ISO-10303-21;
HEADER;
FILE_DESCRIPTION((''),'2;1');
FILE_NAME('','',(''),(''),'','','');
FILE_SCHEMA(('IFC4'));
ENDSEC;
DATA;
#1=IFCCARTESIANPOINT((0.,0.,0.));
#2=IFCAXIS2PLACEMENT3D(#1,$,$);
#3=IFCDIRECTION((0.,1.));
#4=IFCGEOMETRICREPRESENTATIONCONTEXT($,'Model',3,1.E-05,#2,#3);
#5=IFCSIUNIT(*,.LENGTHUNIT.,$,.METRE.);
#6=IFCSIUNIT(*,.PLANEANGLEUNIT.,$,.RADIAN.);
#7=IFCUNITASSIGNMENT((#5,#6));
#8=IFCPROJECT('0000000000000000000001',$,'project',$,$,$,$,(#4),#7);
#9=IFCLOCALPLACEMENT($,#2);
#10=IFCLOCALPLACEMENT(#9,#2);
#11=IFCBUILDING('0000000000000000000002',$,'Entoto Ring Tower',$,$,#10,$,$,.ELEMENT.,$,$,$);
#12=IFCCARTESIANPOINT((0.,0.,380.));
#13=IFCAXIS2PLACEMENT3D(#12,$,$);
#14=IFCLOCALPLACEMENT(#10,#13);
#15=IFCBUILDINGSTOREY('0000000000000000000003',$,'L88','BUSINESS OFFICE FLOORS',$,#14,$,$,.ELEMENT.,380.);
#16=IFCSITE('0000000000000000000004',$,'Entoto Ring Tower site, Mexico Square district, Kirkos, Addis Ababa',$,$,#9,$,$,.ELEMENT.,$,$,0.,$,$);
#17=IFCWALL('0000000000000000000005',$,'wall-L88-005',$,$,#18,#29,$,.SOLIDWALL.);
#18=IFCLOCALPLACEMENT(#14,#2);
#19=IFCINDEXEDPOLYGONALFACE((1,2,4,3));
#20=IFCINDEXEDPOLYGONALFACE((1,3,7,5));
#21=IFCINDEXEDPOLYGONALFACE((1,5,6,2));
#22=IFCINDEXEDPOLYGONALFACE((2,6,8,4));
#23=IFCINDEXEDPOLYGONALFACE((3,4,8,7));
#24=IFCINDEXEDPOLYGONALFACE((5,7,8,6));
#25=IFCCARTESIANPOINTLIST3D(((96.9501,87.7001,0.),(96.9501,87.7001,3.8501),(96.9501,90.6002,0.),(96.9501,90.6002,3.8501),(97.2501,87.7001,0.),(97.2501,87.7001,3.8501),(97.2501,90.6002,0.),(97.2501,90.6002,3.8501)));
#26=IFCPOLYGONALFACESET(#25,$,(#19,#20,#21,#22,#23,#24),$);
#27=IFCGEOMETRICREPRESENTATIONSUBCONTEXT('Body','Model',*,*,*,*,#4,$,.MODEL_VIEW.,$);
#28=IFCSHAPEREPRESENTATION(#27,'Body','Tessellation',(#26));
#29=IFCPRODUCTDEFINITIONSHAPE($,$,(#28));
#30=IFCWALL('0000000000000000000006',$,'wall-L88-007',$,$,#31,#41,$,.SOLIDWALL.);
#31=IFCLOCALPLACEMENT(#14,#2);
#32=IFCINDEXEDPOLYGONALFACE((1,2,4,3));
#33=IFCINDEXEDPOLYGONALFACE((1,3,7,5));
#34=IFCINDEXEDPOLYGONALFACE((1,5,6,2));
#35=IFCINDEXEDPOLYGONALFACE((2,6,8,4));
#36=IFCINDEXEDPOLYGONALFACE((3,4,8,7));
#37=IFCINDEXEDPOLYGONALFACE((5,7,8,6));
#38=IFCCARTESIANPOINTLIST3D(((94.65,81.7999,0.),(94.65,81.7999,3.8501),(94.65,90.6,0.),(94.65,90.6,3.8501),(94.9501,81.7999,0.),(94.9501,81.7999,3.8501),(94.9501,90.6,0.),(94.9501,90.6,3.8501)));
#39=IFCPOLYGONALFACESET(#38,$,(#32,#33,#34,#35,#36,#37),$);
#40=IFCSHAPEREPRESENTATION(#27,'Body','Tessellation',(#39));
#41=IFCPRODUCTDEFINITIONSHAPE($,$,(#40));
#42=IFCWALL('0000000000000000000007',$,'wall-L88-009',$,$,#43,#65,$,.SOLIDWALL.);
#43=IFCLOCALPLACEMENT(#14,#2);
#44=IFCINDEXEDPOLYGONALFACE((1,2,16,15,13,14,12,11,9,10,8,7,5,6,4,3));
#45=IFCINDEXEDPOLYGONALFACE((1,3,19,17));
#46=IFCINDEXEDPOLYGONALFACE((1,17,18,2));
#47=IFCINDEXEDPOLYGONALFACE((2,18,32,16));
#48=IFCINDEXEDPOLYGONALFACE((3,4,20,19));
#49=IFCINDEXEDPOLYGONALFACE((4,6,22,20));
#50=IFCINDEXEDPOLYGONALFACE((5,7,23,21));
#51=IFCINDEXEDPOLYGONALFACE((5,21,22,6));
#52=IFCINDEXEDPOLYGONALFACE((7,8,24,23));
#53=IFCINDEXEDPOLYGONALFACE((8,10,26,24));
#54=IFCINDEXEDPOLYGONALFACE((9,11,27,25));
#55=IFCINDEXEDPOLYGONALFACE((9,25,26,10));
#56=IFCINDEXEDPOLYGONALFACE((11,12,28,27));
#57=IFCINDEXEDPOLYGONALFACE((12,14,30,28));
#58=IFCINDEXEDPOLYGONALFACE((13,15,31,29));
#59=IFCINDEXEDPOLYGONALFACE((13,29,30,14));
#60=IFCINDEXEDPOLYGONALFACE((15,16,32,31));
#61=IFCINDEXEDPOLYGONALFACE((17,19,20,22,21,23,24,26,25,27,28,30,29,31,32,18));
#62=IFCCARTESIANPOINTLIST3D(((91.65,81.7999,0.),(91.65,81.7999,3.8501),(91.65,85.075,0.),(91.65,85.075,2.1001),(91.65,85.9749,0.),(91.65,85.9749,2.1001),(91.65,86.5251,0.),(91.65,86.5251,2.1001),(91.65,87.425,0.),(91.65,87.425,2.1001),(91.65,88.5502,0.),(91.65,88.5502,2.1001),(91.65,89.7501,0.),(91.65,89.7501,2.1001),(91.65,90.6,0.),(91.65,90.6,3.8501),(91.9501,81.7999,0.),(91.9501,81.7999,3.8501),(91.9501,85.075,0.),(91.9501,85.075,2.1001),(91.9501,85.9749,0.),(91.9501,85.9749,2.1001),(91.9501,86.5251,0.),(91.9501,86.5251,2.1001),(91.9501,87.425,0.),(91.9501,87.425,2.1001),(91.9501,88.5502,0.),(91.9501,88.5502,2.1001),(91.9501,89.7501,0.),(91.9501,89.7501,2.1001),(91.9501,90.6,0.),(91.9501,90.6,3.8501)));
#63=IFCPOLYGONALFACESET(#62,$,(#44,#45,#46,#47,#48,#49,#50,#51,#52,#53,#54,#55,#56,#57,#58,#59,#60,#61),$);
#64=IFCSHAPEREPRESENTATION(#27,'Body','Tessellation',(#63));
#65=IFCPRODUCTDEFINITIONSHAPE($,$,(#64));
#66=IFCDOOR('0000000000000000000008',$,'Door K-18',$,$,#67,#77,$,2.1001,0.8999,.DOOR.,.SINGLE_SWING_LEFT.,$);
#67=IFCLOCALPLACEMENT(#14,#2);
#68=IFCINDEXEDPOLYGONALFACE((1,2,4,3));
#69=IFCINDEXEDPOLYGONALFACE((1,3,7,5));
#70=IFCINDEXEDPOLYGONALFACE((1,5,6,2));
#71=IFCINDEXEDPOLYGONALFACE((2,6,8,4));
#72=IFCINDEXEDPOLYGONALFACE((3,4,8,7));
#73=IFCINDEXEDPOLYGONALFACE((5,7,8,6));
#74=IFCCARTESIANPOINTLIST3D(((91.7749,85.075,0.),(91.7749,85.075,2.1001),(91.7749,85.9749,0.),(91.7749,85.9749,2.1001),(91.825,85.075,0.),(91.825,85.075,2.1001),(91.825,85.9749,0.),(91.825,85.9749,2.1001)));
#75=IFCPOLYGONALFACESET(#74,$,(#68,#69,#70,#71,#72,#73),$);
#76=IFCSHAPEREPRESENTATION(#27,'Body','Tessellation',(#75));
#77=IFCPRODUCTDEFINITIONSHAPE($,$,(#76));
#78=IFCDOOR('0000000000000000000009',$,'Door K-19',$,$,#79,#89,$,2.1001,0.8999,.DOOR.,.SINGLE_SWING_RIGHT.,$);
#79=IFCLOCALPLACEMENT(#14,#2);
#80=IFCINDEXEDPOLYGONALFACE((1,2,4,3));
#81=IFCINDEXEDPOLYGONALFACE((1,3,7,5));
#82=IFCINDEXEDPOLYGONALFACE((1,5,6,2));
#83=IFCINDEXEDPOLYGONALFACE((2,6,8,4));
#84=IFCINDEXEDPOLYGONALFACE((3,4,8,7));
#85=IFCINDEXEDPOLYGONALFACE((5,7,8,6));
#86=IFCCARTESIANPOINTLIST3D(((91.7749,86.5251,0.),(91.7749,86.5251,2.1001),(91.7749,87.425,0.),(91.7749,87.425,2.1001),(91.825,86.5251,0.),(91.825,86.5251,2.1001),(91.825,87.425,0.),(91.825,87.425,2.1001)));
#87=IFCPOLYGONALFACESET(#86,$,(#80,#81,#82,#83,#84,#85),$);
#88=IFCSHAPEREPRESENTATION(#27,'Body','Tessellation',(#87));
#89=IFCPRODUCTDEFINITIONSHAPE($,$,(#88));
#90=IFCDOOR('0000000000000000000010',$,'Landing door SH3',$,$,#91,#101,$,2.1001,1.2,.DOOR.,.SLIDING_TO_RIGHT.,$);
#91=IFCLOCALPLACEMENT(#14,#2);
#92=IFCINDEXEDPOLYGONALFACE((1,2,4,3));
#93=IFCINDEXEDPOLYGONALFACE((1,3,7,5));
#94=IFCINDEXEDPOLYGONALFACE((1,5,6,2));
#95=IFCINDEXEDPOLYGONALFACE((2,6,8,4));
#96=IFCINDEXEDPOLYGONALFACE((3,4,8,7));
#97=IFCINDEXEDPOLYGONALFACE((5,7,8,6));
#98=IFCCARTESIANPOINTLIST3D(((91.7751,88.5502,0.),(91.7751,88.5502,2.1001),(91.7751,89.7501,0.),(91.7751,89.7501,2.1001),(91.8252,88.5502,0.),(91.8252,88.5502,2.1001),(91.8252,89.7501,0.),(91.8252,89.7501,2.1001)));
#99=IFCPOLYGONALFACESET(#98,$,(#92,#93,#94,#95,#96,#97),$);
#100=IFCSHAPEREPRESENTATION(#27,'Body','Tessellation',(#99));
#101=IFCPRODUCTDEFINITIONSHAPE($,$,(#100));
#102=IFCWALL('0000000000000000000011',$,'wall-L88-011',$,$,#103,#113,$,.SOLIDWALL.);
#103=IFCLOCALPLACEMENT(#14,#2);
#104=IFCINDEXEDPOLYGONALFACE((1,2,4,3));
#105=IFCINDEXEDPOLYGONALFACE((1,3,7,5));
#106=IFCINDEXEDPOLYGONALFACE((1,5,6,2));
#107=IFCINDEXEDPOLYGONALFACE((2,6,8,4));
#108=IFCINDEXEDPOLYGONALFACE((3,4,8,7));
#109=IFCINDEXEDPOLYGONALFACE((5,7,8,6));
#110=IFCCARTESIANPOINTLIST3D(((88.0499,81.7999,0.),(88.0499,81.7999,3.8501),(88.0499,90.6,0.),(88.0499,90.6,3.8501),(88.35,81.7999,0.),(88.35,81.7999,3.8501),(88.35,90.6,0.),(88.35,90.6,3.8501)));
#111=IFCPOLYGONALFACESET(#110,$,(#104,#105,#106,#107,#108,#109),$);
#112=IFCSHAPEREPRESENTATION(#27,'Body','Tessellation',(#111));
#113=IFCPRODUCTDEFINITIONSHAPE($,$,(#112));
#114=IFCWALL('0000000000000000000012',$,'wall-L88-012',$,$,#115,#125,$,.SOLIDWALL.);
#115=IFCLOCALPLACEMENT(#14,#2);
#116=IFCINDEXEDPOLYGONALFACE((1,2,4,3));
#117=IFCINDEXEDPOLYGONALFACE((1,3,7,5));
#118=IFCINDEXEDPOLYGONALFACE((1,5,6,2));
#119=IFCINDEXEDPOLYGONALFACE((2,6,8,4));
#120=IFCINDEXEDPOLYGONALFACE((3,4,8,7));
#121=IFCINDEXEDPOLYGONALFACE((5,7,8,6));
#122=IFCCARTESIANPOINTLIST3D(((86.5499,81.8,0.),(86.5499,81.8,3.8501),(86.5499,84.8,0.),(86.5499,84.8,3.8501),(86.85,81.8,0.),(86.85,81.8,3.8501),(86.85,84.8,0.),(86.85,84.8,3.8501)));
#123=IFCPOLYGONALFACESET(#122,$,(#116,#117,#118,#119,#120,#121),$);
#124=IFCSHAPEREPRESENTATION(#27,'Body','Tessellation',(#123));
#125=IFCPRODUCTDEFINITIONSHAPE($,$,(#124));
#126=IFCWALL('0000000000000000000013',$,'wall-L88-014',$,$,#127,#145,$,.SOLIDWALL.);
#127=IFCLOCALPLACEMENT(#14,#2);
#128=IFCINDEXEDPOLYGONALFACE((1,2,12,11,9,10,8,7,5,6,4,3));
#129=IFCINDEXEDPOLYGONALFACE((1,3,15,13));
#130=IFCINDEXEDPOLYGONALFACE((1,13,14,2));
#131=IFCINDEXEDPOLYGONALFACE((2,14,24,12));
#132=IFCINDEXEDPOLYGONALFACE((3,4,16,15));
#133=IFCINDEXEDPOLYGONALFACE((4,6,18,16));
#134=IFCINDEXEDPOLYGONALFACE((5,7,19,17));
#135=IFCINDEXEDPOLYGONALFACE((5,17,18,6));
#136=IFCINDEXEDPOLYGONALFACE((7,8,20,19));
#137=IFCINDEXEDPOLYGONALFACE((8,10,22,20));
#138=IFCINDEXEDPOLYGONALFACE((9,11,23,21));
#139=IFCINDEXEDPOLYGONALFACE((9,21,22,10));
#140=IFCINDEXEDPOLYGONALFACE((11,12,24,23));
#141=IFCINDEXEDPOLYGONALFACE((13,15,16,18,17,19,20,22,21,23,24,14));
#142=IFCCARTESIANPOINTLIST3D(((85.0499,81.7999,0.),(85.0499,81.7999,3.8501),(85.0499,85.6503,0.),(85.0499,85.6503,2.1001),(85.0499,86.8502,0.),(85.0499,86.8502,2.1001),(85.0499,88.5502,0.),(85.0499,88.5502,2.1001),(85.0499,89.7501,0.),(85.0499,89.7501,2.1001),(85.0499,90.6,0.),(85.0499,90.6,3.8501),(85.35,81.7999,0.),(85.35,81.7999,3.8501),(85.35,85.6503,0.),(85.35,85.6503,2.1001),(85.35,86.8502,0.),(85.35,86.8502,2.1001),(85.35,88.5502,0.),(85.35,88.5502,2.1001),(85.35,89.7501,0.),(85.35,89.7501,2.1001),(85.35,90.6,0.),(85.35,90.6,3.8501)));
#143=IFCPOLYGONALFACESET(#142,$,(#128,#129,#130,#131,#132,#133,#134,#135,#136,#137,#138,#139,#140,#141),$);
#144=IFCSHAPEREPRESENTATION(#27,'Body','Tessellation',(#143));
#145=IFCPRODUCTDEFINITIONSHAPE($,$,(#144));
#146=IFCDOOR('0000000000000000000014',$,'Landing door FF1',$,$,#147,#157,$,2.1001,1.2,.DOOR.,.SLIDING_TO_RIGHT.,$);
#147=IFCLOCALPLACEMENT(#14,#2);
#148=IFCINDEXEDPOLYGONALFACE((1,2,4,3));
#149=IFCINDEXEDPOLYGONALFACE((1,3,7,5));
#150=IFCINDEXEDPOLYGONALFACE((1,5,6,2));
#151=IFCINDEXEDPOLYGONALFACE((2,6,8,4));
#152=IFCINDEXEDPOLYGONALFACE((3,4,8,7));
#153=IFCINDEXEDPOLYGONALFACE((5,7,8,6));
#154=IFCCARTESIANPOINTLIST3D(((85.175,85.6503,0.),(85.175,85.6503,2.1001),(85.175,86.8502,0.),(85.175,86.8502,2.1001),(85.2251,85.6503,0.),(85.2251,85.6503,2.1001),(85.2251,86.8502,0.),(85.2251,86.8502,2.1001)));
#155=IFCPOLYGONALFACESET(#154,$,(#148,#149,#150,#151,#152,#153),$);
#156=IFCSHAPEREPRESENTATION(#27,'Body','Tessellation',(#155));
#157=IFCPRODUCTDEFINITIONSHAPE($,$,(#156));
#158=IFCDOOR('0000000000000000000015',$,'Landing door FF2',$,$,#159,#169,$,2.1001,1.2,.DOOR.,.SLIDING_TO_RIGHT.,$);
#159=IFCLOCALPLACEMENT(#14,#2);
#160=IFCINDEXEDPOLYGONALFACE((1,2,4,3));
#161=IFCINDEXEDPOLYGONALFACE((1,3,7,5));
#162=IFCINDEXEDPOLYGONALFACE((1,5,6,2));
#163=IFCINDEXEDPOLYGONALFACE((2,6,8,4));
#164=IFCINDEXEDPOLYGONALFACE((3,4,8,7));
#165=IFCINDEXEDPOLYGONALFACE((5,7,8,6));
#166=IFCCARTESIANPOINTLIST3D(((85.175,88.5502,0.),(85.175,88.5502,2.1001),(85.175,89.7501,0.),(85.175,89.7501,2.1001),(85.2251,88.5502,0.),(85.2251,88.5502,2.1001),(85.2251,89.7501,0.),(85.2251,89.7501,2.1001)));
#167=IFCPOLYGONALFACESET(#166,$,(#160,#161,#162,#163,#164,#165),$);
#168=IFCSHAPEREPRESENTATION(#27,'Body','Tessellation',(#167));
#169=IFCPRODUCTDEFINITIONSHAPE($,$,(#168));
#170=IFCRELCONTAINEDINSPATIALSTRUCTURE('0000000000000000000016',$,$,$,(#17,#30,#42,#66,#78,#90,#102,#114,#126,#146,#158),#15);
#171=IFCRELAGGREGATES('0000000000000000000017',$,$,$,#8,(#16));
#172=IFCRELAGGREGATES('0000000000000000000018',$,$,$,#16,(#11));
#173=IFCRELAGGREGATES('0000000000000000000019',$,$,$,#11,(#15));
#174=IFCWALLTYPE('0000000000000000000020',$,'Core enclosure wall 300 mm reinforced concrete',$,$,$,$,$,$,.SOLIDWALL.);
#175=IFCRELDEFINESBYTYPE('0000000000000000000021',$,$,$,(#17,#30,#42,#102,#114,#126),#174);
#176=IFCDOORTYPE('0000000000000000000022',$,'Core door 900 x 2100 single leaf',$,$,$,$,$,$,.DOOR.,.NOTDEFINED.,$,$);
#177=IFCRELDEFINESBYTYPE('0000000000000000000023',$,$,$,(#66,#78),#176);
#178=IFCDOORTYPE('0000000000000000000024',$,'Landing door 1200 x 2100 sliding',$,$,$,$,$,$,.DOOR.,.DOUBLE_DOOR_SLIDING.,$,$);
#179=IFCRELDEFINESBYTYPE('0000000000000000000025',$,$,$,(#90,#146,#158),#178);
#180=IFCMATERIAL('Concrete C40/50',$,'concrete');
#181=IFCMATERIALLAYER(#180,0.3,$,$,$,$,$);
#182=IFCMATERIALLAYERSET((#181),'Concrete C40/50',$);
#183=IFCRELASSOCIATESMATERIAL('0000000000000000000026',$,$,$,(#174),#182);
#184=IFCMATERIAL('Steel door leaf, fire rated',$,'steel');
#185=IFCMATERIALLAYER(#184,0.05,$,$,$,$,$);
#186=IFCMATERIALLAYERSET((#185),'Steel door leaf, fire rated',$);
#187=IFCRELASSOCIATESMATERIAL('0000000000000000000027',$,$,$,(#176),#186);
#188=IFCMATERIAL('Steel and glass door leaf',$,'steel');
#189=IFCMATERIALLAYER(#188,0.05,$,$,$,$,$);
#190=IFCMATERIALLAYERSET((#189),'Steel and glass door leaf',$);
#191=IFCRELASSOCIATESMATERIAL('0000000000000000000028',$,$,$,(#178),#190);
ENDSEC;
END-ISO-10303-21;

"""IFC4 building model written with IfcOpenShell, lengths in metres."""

from ifc_helpers import new_model, si_unit, direction, frame, frame_2d, origin, place, context, subcontext, project, spatial, rectangle, extrude, material, layer, layer_set, type_object, element, fill, save


model = new_model("IFC4")

# Units and contexts
model_context = context("Model", 3, precision=1e-05, world=origin(), true_north=direction((0.0, 1.0)))
body_context = subcontext(model_context, "Body", "Model", "MODEL_VIEW")
ifc_project = project(units=[si_unit("LENGTHUNIT", "METRE"), si_unit("PLANEANGLEUNIT", "RADIAN")], contexts=[model_context])

# Site, building, storey
site_placement = place(None, origin())
site = spatial("IfcSite", under=ifc_project, at=site_placement, Name="Entoto Ring Tower site, Mexico Square district, Kirkos, Addis Ababa", CompositionType="ELEMENT", RefElevation=0.0)
building_placement = place(site_placement, origin())
building = spatial("IfcBuilding", under=site, at=building_placement, Name="Entoto Ring Tower", CompositionType="ELEMENT")
storey_placement = place(building_placement, frame((0.0, 0.0, 380.0)))
storey = spatial("IfcBuildingStorey", under=building, at=storey_placement, Name="L88", Description="BUSINESS OFFICE FLOORS", CompositionType="ELEMENT", Elevation=380.0)

# Walls
ifc_material_1 = material(Name="Concrete C40/50", Category="concrete")
ifc_layer_1 = layer(ifc_material_1, 0.3)
ifc_layer_set_1 = layer_set([ifc_layer_1], Name="Concrete C40/50")
wall_type = type_object("IfcWallType", Name="Core enclosure wall 300 mm reinforced concrete", PredefinedType="SOLIDWALL", material=ifc_layer_set_1)
wall_1_placement = place(storey_placement, frame((97.1001, 87.7, 0.0), z_axis=(0.0, 0.0, 1.0), x_axis=(0.0, 1.0, 0.0)))
element("IfcWall", 1, at=wall_1_placement, inside=storey, type_object=wall_type, Name="wall-L88-005", PredefinedType="SOLIDWALL", context=body_context, shape_type="SweptSolid", body=[
    extrude(rectangle(XDim=2.9001, YDim=0.3, at=frame_2d((1.4502, 0.0))), origin(), (0.0, 0.0, 1.0), 3.8501),
])
wall_2_placement = place(storey_placement, frame((94.8, 81.8, 0.0), z_axis=(0.0, 0.0, 1.0), x_axis=(0.0, 1.0, 0.0)))
element("IfcWall", 2, at=wall_2_placement, inside=storey, type_object=wall_type, Name="wall-L88-007", PredefinedType="SOLIDWALL", context=body_context, shape_type="SweptSolid", body=[
    extrude(rectangle(XDim=8.8, YDim=0.3, at=frame_2d((4.3999, 0.0))), origin(), (0.0, 0.0, 1.0), 3.8501),
])

# Wall, openings, doors
wall_3_placement = place(storey_placement, frame((91.8, 81.8, 0.0), z_axis=(0.0, 0.0, 1.0), x_axis=(0.0, 1.0, 0.0)))
wall_3 = element("IfcWall", 3, at=wall_3_placement, inside=storey, type_object=wall_type, Name="wall-L88-009", PredefinedType="SOLIDWALL", context=body_context, shape_type="SweptSolid", body=[
    extrude(rectangle(XDim=8.8, YDim=0.3, at=frame_2d((4.3999, 0.0))), origin(), (0.0, 0.0, 1.0), 3.8501),
])
opening_1_placement = place(wall_3_placement, frame((6.75, 0.0, 0.0)))
opening_1 = element("IfcOpeningElement", 4, at=opening_1_placement, cuts=wall_3, PredefinedType="OPENING", context=body_context, shape_type="SweptSolid", body=[
    extrude(rectangle(XDim=1.2, YDim=2.1001, at=frame_2d((0.6001, 1.05))), frame((0.0, 0.1602, 0.0), z_axis=(0.0, -1.0, 0.0), x_axis=(1.0, 0.0, 0.0)), (0.0, 0.0, 1.0), 0.3201),
])
opening_2_placement = place(wall_3_placement, frame((3.2749, 0.0, 0.0)))
opening_2 = element("IfcOpeningElement", 5, at=opening_2_placement, cuts=wall_3, PredefinedType="OPENING", context=body_context, shape_type="SweptSolid", body=[
    extrude(rectangle(XDim=0.8999, YDim=2.1001, at=frame_2d((0.45, 1.05))), frame((0.0, 0.1602, 0.0), z_axis=(0.0, -1.0, 0.0), x_axis=(1.0, 0.0, 0.0)), (0.0, 0.0, 1.0), 0.3201),
])
opening_3_placement = place(wall_3_placement, frame((4.7251, 0.0, 0.0)))
opening_3 = element("IfcOpeningElement", 6, at=opening_3_placement, cuts=wall_3, PredefinedType="OPENING", context=body_context, shape_type="SweptSolid", body=[
    extrude(rectangle(XDim=0.8999, YDim=2.1001, at=frame_2d((0.45, 1.05))), frame((0.0, 0.1602, 0.0), z_axis=(0.0, -1.0, 0.0), x_axis=(1.0, 0.0, 0.0)), (0.0, 0.0, 1.0), 0.3201),
])
ifc_material_2 = material(Name="Steel door leaf, fire rated", Category="steel")
ifc_layer_2 = layer(ifc_material_2, 0.05)
ifc_layer_set_2 = layer_set([ifc_layer_2], Name="Steel door leaf, fire rated")
door_type_1 = type_object("IfcDoorType", Name="Core door 900 x 2100 single leaf", OperationType="NOTDEFINED", PredefinedType="DOOR", material=ifc_layer_set_2)
door_1_placement = place(opening_2_placement, frame((0.8999, 0.0, 0.0), z_axis=(0.0, 0.0, 1.0), x_axis=(-1.0, 0.0, 0.0)))
door_1 = element("IfcDoor", 7, at=door_1_placement, inside=storey, type_object=door_type_1, Name="Door K-18", OperationType="SINGLE_SWING_LEFT", OverallHeight=2.1001, OverallWidth=0.8999, PredefinedType="DOOR", context=body_context, shape_type="SweptSolid", body=[
    extrude(rectangle(XDim=0.8999, YDim=2.1001, at=frame_2d((0.45, 1.05))), frame((0.0, 0.0249, 0.0), z_axis=(0.0, -1.0, 0.0), x_axis=(1.0, 0.0, 0.0)), (0.0, 0.0, 1.0), 0.05),
])
fill(opening_2, door_1)
door_2_placement = place(opening_3_placement, frame((0.8999, 0.0, 0.0), z_axis=(0.0, 0.0, 1.0), x_axis=(-1.0, 0.0, 0.0)))
door_2 = element("IfcDoor", 8, at=door_2_placement, inside=storey, type_object=door_type_1, Name="Door K-19", OperationType="SINGLE_SWING_RIGHT", OverallHeight=2.1001, OverallWidth=0.8999, PredefinedType="DOOR", context=body_context, shape_type="SweptSolid", body=[
    extrude(rectangle(XDim=0.8999, YDim=2.1001, at=frame_2d((0.45, 1.05))), frame((0.0, 0.0249, 0.0), z_axis=(0.0, -1.0, 0.0), x_axis=(1.0, 0.0, 0.0)), (0.0, 0.0, 1.0), 0.05),
])
fill(opening_3, door_2)
ifc_material_3 = material(Name="Steel and glass door leaf", Category="steel")
ifc_layer_3 = layer(ifc_material_3, 0.05)
ifc_layer_set_3 = layer_set([ifc_layer_3], Name="Steel and glass door leaf")
door_type_2 = type_object("IfcDoorType", Name="Landing door 1200 x 2100 sliding", OperationType="DOUBLE_DOOR_SLIDING", PredefinedType="DOOR", material=ifc_layer_set_3)
door_3_placement = place(opening_1_placement, origin())
door_3 = element("IfcDoor", 9, at=door_3_placement, inside=storey, type_object=door_type_2, Name="Landing door SH3", OperationType="SLIDING_TO_RIGHT", OverallHeight=2.1001, OverallWidth=1.2, PredefinedType="DOOR", context=body_context, shape_type="SweptSolid", body=[
    extrude(rectangle(XDim=1.2, YDim=2.1001, at=frame_2d((0.6001, 1.05))), frame((0.0, 0.0249, 0.0), z_axis=(0.0, -1.0, 0.0), x_axis=(1.0, 0.0, 0.0)), (0.0, 0.0, 1.0), 0.05),
])
fill(opening_1, door_3)

# Walls
wall_4_placement = place(storey_placement, frame((88.2, 81.8, 0.0), z_axis=(0.0, 0.0, 1.0), x_axis=(0.0, 1.0, 0.0)))
element("IfcWall", 10, at=wall_4_placement, inside=storey, type_object=wall_type, Name="wall-L88-011", PredefinedType="SOLIDWALL", context=body_context, shape_type="SweptSolid", body=[
    extrude(rectangle(XDim=8.8, YDim=0.3, at=frame_2d((4.3999, 0.0))), origin(), (0.0, 0.0, 1.0), 3.8501),
])
wall_5_placement = place(storey_placement, frame((86.7, 81.8, 0.0), z_axis=(0.0, 0.0, 1.0), x_axis=(0.0, 1.0, 0.0)))
element("IfcWall", 11, at=wall_5_placement, inside=storey, type_object=wall_type, Name="wall-L88-012", PredefinedType="SOLIDWALL", context=body_context, shape_type="SweptSolid", body=[
    extrude(rectangle(XDim=3.0, YDim=0.3, at=frame_2d((1.5, 0.0))), origin(), (0.0, 0.0, 1.0), 3.8501),
])

# Wall, openings, doors
wall_6_placement = place(storey_placement, frame((85.2, 81.8, 0.0), z_axis=(0.0, 0.0, 1.0), x_axis=(0.0, 1.0, 0.0)))
wall_6 = element("IfcWall", 12, at=wall_6_placement, inside=storey, type_object=wall_type, Name="wall-L88-014", PredefinedType="SOLIDWALL", context=body_context, shape_type="SweptSolid", body=[
    extrude(rectangle(XDim=8.8, YDim=0.3, at=frame_2d((4.3999, 0.0))), origin(), (0.0, 0.0, 1.0), 3.8501),
])
opening_4_placement = place(wall_6_placement, frame((3.8501, 0.0, 0.0)))
opening_4 = element("IfcOpeningElement", 13, at=opening_4_placement, cuts=wall_6, PredefinedType="OPENING", context=body_context, shape_type="SweptSolid", body=[
    extrude(rectangle(XDim=1.2, YDim=2.1001, at=frame_2d((0.6001, 1.05))), frame((0.0, 0.1602, 0.0), z_axis=(0.0, -1.0, 0.0), x_axis=(1.0, 0.0, 0.0)), (0.0, 0.0, 1.0), 0.3201),
])
opening_5_placement = place(wall_6_placement, frame((6.75, 0.0, 0.0)))
opening_5 = element("IfcOpeningElement", 14, at=opening_5_placement, cuts=wall_6, PredefinedType="OPENING", context=body_context, shape_type="SweptSolid", body=[
    extrude(rectangle(XDim=1.2, YDim=2.1001, at=frame_2d((0.6001, 1.05))), frame((0.0, 0.1602, 0.0), z_axis=(0.0, -1.0, 0.0), x_axis=(1.0, 0.0, 0.0)), (0.0, 0.0, 1.0), 0.3201),
])
door_4_placement = place(opening_4_placement, origin())
door_4 = element("IfcDoor", 15, at=door_4_placement, inside=storey, type_object=door_type_2, Name="Landing door FF1", OperationType="SLIDING_TO_RIGHT", OverallHeight=2.1001, OverallWidth=1.2, PredefinedType="DOOR", context=body_context, shape_type="SweptSolid", body=[
    extrude(rectangle(XDim=1.2, YDim=2.1001, at=frame_2d((0.6001, 1.05))), frame((0.0, 0.0249, 0.0), z_axis=(0.0, -1.0, 0.0), x_axis=(1.0, 0.0, 0.0)), (0.0, 0.0, 1.0), 0.05),
])
fill(opening_4, door_4)
door_5_placement = place(opening_5_placement, origin())
door_5 = element("IfcDoor", 16, at=door_5_placement, inside=storey, type_object=door_type_2, Name="Landing door FF2", OperationType="SLIDING_TO_RIGHT", OverallHeight=2.1001, OverallWidth=1.2, PredefinedType="DOOR", context=body_context, shape_type="SweptSolid", body=[
    extrude(rectangle(XDim=1.2, YDim=2.1001, at=frame_2d((0.6001, 1.05))), frame((0.0, 0.0249, 0.0), z_axis=(0.0, -1.0, 0.0), x_axis=(1.0, 0.0, 0.0)), (0.0, 0.0, 1.0), 0.05),
])
fill(opening_5, door_5)

save(model, "model.ifc")
